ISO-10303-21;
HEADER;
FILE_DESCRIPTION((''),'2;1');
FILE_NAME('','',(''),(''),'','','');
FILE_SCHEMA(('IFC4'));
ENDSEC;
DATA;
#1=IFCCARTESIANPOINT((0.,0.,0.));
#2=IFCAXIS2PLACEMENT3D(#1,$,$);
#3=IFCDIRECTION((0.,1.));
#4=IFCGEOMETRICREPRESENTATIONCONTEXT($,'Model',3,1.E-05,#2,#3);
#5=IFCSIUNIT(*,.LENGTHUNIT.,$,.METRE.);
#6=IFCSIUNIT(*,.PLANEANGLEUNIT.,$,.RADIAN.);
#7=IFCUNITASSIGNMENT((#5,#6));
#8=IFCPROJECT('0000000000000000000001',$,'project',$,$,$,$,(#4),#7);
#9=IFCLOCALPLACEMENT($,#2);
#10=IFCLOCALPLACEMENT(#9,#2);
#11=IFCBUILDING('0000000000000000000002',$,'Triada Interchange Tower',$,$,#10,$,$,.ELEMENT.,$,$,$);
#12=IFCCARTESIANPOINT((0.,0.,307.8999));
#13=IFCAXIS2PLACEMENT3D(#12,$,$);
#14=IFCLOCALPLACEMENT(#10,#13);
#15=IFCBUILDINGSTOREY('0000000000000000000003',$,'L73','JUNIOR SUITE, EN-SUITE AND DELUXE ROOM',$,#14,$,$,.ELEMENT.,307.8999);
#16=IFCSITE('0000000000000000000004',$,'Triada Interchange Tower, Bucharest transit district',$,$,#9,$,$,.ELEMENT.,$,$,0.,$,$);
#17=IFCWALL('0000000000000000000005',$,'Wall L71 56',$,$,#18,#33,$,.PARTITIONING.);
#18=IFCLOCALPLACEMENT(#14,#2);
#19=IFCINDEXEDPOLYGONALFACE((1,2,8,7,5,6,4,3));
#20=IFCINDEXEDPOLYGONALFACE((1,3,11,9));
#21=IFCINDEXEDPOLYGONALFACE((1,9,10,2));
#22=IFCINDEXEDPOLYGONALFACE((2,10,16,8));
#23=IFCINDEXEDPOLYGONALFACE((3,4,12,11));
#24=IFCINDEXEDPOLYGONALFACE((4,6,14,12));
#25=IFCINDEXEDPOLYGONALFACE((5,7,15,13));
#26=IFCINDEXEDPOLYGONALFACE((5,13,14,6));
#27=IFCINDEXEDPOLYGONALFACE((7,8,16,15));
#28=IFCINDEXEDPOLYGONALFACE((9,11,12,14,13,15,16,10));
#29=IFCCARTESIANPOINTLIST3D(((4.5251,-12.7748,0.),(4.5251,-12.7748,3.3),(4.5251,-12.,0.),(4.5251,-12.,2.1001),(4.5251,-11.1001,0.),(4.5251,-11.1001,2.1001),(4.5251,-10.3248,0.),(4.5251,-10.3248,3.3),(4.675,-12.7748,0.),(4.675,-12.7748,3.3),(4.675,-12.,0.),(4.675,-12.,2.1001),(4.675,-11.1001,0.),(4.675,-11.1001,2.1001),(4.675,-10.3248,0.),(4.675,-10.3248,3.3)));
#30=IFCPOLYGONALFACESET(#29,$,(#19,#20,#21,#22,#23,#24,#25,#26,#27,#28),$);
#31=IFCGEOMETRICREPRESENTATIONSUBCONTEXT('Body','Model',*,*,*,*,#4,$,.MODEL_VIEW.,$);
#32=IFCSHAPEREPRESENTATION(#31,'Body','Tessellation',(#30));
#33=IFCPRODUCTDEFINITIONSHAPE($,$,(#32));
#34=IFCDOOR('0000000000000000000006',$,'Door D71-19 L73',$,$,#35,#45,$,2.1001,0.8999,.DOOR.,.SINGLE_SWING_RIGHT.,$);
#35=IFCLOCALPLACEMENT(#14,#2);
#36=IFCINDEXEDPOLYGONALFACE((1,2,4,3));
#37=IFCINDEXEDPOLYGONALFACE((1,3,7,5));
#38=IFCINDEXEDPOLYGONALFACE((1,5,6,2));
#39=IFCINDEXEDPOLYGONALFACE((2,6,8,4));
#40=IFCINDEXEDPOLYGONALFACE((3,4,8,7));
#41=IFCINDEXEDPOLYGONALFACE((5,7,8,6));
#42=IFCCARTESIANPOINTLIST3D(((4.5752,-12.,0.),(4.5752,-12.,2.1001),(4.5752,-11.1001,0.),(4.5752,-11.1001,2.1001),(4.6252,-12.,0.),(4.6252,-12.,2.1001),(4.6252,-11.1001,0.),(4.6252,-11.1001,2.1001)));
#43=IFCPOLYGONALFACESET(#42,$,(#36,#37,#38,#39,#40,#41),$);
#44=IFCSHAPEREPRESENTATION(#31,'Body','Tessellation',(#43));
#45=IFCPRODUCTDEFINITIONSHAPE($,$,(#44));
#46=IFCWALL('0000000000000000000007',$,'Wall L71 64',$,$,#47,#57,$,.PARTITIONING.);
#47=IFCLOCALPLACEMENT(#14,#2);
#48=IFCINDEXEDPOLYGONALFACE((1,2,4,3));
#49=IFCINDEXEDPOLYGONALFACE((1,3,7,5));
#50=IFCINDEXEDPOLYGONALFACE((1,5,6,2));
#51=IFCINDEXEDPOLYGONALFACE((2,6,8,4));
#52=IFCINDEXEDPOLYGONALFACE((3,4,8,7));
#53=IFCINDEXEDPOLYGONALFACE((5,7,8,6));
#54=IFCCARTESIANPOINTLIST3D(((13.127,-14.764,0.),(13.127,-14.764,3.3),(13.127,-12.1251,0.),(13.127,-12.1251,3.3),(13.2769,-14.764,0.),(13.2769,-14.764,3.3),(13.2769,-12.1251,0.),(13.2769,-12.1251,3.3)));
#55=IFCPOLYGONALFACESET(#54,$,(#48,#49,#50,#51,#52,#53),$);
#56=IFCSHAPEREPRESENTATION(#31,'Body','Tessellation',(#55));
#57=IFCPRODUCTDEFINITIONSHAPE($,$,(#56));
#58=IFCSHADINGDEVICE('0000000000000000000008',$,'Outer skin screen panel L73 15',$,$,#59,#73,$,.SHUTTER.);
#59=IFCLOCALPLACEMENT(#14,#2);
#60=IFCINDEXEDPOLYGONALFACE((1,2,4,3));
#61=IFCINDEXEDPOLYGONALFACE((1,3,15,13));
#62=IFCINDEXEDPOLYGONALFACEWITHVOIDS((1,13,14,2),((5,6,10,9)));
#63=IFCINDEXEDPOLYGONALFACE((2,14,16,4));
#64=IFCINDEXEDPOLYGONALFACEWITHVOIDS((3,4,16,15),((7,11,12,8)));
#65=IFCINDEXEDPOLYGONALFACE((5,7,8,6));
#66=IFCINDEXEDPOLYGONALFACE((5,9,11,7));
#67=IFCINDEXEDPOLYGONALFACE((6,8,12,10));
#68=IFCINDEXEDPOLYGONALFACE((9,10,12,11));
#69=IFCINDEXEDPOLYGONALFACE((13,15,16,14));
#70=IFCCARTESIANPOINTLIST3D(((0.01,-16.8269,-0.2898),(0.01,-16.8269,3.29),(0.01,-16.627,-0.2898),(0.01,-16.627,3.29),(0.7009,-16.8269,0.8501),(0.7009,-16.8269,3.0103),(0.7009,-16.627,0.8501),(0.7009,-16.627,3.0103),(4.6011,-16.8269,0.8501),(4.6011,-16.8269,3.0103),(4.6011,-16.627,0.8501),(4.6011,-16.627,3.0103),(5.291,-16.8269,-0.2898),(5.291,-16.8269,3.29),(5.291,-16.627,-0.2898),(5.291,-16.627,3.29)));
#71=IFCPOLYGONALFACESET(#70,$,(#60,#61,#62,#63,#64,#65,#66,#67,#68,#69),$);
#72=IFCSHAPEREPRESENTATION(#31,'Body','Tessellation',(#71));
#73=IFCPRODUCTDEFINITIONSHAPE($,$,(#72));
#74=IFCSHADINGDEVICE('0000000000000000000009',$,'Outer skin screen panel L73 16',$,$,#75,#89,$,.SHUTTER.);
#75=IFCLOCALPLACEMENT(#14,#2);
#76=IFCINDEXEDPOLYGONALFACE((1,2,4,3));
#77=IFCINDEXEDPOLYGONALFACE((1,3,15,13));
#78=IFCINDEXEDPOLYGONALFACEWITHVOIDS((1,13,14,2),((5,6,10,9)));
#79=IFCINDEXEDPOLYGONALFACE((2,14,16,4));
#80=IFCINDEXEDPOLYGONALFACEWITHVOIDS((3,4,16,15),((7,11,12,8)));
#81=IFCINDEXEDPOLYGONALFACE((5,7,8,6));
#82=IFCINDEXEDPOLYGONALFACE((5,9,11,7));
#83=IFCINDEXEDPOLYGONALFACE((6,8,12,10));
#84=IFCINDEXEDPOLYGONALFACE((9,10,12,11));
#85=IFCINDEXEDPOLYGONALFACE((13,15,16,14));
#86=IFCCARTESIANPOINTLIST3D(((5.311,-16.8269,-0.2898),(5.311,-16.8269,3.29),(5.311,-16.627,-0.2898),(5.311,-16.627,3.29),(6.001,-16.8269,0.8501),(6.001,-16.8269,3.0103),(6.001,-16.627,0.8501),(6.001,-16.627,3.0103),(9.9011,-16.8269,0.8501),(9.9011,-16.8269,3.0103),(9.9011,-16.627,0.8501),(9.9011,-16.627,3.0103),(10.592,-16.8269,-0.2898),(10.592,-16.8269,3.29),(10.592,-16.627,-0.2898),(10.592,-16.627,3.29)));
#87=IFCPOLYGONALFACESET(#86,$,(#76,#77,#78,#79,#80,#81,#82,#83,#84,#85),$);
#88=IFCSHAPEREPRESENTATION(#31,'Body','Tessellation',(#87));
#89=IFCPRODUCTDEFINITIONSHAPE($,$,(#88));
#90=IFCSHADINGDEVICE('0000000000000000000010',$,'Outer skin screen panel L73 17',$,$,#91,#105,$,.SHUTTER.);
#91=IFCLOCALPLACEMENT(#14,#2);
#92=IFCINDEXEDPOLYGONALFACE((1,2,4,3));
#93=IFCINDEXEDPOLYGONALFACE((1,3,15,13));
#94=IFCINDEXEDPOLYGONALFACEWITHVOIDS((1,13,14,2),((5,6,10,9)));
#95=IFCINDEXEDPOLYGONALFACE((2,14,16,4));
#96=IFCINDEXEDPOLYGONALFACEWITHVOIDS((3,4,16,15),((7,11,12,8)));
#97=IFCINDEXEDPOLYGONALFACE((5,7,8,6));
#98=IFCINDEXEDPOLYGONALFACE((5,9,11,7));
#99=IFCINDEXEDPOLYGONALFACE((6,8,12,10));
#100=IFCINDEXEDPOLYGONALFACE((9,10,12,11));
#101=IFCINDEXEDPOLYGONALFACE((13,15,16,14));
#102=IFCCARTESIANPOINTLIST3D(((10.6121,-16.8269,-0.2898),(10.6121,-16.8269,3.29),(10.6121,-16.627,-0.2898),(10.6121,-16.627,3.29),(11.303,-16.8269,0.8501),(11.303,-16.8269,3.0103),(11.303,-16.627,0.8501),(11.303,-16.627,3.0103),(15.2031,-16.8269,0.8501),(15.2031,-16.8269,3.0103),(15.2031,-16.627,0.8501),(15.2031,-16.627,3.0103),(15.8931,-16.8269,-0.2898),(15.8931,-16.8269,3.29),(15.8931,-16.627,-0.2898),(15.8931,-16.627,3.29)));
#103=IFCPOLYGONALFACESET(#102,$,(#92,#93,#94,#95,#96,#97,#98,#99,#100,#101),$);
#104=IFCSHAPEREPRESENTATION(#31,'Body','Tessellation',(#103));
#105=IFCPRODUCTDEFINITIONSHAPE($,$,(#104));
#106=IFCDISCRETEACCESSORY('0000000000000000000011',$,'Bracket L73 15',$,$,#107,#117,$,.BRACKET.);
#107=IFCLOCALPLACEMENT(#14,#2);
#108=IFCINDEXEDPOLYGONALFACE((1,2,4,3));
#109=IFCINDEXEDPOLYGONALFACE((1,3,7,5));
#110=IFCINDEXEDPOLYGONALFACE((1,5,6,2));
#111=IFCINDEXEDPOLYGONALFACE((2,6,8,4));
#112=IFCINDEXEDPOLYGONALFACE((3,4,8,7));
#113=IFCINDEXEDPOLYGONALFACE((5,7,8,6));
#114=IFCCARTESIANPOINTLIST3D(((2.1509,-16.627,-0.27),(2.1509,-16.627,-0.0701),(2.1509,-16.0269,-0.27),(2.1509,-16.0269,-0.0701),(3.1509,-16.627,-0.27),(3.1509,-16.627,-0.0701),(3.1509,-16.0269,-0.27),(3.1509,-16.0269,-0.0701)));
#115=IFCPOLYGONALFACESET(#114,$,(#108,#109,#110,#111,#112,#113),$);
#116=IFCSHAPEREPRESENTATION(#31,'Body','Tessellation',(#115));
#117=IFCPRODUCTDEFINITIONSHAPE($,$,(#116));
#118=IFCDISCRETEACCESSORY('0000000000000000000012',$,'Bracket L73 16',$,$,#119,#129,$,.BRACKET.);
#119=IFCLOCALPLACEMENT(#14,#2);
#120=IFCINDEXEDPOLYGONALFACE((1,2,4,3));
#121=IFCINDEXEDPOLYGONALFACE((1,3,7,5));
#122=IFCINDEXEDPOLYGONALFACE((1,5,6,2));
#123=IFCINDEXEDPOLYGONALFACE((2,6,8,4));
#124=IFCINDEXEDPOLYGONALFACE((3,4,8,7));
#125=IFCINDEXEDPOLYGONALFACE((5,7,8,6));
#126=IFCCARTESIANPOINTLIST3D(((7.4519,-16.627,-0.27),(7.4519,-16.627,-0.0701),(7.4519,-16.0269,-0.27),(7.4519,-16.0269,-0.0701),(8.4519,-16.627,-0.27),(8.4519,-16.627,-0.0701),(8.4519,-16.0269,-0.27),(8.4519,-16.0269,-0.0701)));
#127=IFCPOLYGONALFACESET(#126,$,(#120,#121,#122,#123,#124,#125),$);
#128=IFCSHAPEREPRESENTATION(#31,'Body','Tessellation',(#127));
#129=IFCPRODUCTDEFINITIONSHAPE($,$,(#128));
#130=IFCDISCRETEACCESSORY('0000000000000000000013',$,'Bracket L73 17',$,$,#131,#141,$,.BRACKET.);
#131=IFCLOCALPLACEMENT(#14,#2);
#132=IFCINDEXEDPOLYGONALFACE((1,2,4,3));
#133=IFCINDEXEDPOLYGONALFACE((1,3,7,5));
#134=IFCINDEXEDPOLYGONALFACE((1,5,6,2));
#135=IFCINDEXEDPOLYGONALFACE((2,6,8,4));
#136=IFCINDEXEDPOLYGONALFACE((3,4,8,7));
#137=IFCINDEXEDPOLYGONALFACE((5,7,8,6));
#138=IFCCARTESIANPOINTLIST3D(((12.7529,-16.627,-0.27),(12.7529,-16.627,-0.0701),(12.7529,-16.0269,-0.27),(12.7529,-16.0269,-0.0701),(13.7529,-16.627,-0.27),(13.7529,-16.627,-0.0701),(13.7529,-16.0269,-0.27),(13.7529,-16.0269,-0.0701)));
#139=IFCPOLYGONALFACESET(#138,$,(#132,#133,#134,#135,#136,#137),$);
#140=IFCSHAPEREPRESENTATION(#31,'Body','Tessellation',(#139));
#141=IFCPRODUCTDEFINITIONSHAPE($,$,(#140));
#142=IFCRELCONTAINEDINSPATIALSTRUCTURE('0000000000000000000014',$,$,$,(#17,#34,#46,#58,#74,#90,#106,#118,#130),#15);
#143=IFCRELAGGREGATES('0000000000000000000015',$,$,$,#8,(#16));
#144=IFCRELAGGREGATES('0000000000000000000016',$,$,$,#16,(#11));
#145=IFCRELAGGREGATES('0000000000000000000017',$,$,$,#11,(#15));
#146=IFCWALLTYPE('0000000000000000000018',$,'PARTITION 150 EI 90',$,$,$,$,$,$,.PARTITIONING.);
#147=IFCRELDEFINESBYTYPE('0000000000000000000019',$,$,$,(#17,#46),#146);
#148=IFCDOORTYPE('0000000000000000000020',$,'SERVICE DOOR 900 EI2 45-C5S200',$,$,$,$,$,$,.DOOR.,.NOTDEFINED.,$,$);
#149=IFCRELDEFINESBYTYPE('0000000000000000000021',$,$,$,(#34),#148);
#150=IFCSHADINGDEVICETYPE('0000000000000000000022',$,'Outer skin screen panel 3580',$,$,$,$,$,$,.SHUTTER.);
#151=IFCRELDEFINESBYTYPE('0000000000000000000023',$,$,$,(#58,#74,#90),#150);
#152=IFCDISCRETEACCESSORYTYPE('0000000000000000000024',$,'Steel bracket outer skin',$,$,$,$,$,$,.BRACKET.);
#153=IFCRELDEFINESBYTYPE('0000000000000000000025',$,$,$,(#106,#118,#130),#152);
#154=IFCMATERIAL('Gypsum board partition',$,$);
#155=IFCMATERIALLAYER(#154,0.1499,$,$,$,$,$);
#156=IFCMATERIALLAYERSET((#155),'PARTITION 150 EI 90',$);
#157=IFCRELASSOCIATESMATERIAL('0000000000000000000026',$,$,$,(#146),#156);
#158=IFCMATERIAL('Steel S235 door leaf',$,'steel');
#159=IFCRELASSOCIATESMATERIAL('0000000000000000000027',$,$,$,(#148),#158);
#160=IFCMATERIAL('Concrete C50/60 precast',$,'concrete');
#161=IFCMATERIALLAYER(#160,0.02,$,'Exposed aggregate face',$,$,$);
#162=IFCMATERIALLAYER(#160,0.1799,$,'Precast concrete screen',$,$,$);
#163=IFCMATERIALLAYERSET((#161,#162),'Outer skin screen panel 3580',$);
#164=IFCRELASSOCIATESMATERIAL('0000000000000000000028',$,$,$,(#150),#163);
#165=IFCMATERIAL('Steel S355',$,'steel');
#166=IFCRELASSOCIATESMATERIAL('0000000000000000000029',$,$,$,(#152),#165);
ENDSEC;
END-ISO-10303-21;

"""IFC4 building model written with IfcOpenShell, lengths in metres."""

from ifc_helpers import new_model, si_unit, direction, frame, frame_2d, origin, origin_2d, place, context, subcontext, project, spatial, polyline, rectangle, outline, extrude, material, layer, layer_set, type_object, element, fill, save


model = new_model("IFC4")

# Units and contexts
model_context = context("Model", 3, precision=1e-05, world=origin(), true_north=direction((0.0, 1.0)))
body_context = subcontext(model_context, "Body", "Model", "MODEL_VIEW")
ifc_project = project(units=[si_unit("LENGTHUNIT", "METRE"), si_unit("PLANEANGLEUNIT", "RADIAN")], contexts=[model_context])

# Site, building, storey
site_placement = place(None, origin())
site = spatial("IfcSite", under=ifc_project, at=site_placement, Name="Triada Interchange Tower, Bucharest transit district", CompositionType="ELEMENT", RefElevation=0.0)
building_placement = place(site_placement, origin())
building = spatial("IfcBuilding", under=site, at=building_placement, Name="Triada Interchange Tower", CompositionType="ELEMENT")
storey_placement = place(building_placement, frame((0.0, 0.0, 307.8999)))
storey = spatial("IfcBuildingStorey", under=building, at=storey_placement, Name="L73", Description="JUNIOR SUITE, EN-SUITE AND DELUXE ROOM", CompositionType="ELEMENT", Elevation=307.8999)

# Shared definitions
ifc_material_1 = material(Name="Gypsum board partition")
ifc_layer_1 = layer(ifc_material_1, 0.1499)
ifc_layer_set_1 = layer_set([ifc_layer_1], Name="PARTITION 150 EI 90")
wall_type_1 = type_object("IfcWallType", Name="PARTITION 150 EI 90", PredefinedType="PARTITIONING", material=ifc_layer_set_1)

# Shared definitions
ifc_material_2 = material(Name="Steel S235 door leaf", Category="steel")

# Wall, opening, door
wall_1_placement = place(storey_placement, frame((4.6001, -12.7749, 0.0), z_axis=(0.0, 0.0, 1.0), x_axis=(0.0, 1.0, 0.0)))
wall_1 = element("IfcWall", 1, at=wall_1_placement, inside=storey, type_object=wall_type_1, Name="Wall L71 56", PredefinedType="PARTITIONING", context=body_context, shape_type="SweptSolid", body=[
    extrude(rectangle(XDim=2.45, YDim=0.1499, at=frame_2d((1.2251, 0.0))), origin(), (0.0, 0.0, 1.0), 3.3),
])
opening_1_placement = place(wall_1_placement, frame((0.7749, 0.0, 0.0)))
opening_1 = element("IfcOpeningElement", 2, at=opening_1_placement, cuts=wall_1, PredefinedType="OPENING", context=body_context, shape_type="SweptSolid", body=[
    extrude(rectangle(XDim=0.8999, YDim=2.1001, at=frame_2d((0.45, 1.05))), frame((0.0, 0.085, 0.0), z_axis=(0.0, -1.0, 0.0), x_axis=(1.0, 0.0, 0.0)), (0.0, 0.0, 1.0), 0.1699),
])
door_type_1 = type_object("IfcDoorType", Name="SERVICE DOOR 900 EI2 45-C5S200", OperationType="NOTDEFINED", PredefinedType="DOOR", material=ifc_material_2)
door_1_placement = place(opening_1_placement, origin())
door_1 = element("IfcDoor", 3, at=door_1_placement, inside=storey, type_object=door_type_1, Name="Door D71-19 L73", OperationType="SINGLE_SWING_RIGHT", OverallHeight=2.1001, OverallWidth=0.8999, PredefinedType="DOOR", context=body_context, shape_type="SweptSolid", body=[
    extrude(rectangle(XDim=0.8999, YDim=2.1001, at=frame_2d((0.45, 1.05))), frame((0.0, 0.0249, 0.0), z_axis=(0.0, -1.0, 0.0), x_axis=(1.0, 0.0, 0.0)), (0.0, 0.0, 1.0), 0.05),
])
fill(opening_1, door_1)

# Wall
wall_2_placement = place(storey_placement, frame((13.2019, -14.7639, 0.0), z_axis=(0.0, 0.0, 1.0), x_axis=(0.0, 1.0, 0.0)))
element("IfcWall", 4, at=wall_2_placement, inside=storey, type_object=wall_type_1, Name="Wall L71 64", PredefinedType="PARTITIONING", context=body_context, shape_type="SweptSolid", body=[
    extrude(rectangle(XDim=2.6389, YDim=0.1499, at=frame_2d((1.3193, 0.0))), origin(), (0.0, 0.0, 1.0), 3.3),
])

# Shading devices
ifc_material_3 = material(Name="Concrete C50/60 precast", Category="concrete")
ifc_layer_2 = layer(ifc_material_3, 0.02, Name="Exposed aggregate face")
ifc_layer_3 = layer(ifc_material_3, 0.1799, Name="Precast concrete screen")
ifc_layer_set_2 = layer_set([ifc_layer_2, ifc_layer_3], Name="Outer skin screen panel 3580")
shading_device_type = type_object("IfcShadingDeviceType", Name="Outer skin screen panel 3580", PredefinedType="SHUTTER", material=ifc_layer_set_2)
shading_device_1_placement = place(storey_placement, frame((0.01, -16.627, -0.2898), z_axis=(0.0, 0.0, 1.0), x_axis=(1.0, 0.0, 0.0)))
element("IfcShadingDevice", 5, at=shading_device_1_placement, inside=storey, type_object=shading_device_type, Name="Outer skin screen panel L73 15", PredefinedType="SHUTTER", context=body_context, shape_type="SweptSolid", body=[
    extrude(outline(polyline([(0.0, 0.0), (5.281, 0.0), (5.281, 3.5798), (0.0, 3.5798), (0.0, 0.0)]), holes=[polyline([(0.6909, 1.1399), (0.6909, 3.3), (4.5911, 3.3), (4.5911, 1.1399), (0.6909, 1.1399)])]), frame((0.0, 0.0, 0.0), z_axis=(0.0, -1.0, 0.0), x_axis=(1.0, 0.0, 0.0)), (0.0, 0.0, 1.0), 0.2),
])
shading_device_2_placement = place(storey_placement, frame((5.311, -16.627, -0.2898), z_axis=(0.0, 0.0, 1.0), x_axis=(1.0, 0.0, 0.0)))
element("IfcShadingDevice", 6, at=shading_device_2_placement, inside=storey, type_object=shading_device_type, Name="Outer skin screen panel L73 16", PredefinedType="SHUTTER", context=body_context, shape_type="SweptSolid", body=[
    extrude(outline(polyline([(0.0, 0.0), (5.281, 0.0), (5.281, 3.5798), (0.0, 3.5798), (0.0, 0.0)]), holes=[polyline([(0.6899, 1.1399), (0.6899, 3.3), (4.5901, 3.3), (4.5901, 1.1399), (0.6899, 1.1399)])]), frame((0.0, 0.0, 0.0), z_axis=(0.0, -1.0, 0.0), x_axis=(1.0, 0.0, 0.0)), (0.0, 0.0, 1.0), 0.2),
])
shading_device_3_placement = place(storey_placement, frame((10.6121, -16.627, -0.2898), z_axis=(0.0, 0.0, 1.0), x_axis=(1.0, 0.0, 0.0)))
element("IfcShadingDevice", 7, at=shading_device_3_placement, inside=storey, type_object=shading_device_type, Name="Outer skin screen panel L73 17", PredefinedType="SHUTTER", context=body_context, shape_type="SweptSolid", body=[
    extrude(outline(polyline([(0.0, 0.0), (5.281, 0.0), (5.281, 3.5798), (0.0, 3.5798), (0.0, 0.0)]), holes=[polyline([(0.6909, 1.1399), (0.6909, 3.3), (4.5911, 3.3), (4.5911, 1.1399), (0.6909, 1.1399)])]), frame((0.0, 0.0, 0.0), z_axis=(0.0, -1.0, 0.0), x_axis=(1.0, 0.0, 0.0)), (0.0, 0.0, 1.0), 0.2),
])

# Discrete accessories
ifc_material_4 = material(Name="Steel S355", Category="steel")
discrete_accessory_type = type_object("IfcDiscreteAccessoryType", Name="Steel bracket outer skin", PredefinedType="BRACKET", material=ifc_material_4)
for number, where, z_axis, x_axis, name in (
    (8, (2.6509, -16.3269, -0.27), (0.0, 0.0, 1.0), (0.0, -1.0, 0.0), "Bracket L73 15"),
    (9, (7.9519, -16.3269, -0.27), (0.0, 0.0, 1.0), (0.0, -1.0, 0.0), "Bracket L73 16"),
    (10, (13.2529, -16.3269, -0.27), (0.0, 0.0, 1.0), (0.0, -1.0, 0.0), "Bracket L73 17"),
):
    element("IfcDiscreteAccessory", number, at=place(storey_placement, frame(where, z_axis=z_axis, x_axis=x_axis)), inside=storey, type_object=discrete_accessory_type, Name=name, PredefinedType="BRACKET", context=body_context, shape_type="SweptSolid", body=[
        extrude(rectangle(XDim=0.6001, YDim=1.0, at=origin_2d()), origin(), (0.0, 0.0, 1.0), 0.2),
    ])

save(model, "model.ifc")
